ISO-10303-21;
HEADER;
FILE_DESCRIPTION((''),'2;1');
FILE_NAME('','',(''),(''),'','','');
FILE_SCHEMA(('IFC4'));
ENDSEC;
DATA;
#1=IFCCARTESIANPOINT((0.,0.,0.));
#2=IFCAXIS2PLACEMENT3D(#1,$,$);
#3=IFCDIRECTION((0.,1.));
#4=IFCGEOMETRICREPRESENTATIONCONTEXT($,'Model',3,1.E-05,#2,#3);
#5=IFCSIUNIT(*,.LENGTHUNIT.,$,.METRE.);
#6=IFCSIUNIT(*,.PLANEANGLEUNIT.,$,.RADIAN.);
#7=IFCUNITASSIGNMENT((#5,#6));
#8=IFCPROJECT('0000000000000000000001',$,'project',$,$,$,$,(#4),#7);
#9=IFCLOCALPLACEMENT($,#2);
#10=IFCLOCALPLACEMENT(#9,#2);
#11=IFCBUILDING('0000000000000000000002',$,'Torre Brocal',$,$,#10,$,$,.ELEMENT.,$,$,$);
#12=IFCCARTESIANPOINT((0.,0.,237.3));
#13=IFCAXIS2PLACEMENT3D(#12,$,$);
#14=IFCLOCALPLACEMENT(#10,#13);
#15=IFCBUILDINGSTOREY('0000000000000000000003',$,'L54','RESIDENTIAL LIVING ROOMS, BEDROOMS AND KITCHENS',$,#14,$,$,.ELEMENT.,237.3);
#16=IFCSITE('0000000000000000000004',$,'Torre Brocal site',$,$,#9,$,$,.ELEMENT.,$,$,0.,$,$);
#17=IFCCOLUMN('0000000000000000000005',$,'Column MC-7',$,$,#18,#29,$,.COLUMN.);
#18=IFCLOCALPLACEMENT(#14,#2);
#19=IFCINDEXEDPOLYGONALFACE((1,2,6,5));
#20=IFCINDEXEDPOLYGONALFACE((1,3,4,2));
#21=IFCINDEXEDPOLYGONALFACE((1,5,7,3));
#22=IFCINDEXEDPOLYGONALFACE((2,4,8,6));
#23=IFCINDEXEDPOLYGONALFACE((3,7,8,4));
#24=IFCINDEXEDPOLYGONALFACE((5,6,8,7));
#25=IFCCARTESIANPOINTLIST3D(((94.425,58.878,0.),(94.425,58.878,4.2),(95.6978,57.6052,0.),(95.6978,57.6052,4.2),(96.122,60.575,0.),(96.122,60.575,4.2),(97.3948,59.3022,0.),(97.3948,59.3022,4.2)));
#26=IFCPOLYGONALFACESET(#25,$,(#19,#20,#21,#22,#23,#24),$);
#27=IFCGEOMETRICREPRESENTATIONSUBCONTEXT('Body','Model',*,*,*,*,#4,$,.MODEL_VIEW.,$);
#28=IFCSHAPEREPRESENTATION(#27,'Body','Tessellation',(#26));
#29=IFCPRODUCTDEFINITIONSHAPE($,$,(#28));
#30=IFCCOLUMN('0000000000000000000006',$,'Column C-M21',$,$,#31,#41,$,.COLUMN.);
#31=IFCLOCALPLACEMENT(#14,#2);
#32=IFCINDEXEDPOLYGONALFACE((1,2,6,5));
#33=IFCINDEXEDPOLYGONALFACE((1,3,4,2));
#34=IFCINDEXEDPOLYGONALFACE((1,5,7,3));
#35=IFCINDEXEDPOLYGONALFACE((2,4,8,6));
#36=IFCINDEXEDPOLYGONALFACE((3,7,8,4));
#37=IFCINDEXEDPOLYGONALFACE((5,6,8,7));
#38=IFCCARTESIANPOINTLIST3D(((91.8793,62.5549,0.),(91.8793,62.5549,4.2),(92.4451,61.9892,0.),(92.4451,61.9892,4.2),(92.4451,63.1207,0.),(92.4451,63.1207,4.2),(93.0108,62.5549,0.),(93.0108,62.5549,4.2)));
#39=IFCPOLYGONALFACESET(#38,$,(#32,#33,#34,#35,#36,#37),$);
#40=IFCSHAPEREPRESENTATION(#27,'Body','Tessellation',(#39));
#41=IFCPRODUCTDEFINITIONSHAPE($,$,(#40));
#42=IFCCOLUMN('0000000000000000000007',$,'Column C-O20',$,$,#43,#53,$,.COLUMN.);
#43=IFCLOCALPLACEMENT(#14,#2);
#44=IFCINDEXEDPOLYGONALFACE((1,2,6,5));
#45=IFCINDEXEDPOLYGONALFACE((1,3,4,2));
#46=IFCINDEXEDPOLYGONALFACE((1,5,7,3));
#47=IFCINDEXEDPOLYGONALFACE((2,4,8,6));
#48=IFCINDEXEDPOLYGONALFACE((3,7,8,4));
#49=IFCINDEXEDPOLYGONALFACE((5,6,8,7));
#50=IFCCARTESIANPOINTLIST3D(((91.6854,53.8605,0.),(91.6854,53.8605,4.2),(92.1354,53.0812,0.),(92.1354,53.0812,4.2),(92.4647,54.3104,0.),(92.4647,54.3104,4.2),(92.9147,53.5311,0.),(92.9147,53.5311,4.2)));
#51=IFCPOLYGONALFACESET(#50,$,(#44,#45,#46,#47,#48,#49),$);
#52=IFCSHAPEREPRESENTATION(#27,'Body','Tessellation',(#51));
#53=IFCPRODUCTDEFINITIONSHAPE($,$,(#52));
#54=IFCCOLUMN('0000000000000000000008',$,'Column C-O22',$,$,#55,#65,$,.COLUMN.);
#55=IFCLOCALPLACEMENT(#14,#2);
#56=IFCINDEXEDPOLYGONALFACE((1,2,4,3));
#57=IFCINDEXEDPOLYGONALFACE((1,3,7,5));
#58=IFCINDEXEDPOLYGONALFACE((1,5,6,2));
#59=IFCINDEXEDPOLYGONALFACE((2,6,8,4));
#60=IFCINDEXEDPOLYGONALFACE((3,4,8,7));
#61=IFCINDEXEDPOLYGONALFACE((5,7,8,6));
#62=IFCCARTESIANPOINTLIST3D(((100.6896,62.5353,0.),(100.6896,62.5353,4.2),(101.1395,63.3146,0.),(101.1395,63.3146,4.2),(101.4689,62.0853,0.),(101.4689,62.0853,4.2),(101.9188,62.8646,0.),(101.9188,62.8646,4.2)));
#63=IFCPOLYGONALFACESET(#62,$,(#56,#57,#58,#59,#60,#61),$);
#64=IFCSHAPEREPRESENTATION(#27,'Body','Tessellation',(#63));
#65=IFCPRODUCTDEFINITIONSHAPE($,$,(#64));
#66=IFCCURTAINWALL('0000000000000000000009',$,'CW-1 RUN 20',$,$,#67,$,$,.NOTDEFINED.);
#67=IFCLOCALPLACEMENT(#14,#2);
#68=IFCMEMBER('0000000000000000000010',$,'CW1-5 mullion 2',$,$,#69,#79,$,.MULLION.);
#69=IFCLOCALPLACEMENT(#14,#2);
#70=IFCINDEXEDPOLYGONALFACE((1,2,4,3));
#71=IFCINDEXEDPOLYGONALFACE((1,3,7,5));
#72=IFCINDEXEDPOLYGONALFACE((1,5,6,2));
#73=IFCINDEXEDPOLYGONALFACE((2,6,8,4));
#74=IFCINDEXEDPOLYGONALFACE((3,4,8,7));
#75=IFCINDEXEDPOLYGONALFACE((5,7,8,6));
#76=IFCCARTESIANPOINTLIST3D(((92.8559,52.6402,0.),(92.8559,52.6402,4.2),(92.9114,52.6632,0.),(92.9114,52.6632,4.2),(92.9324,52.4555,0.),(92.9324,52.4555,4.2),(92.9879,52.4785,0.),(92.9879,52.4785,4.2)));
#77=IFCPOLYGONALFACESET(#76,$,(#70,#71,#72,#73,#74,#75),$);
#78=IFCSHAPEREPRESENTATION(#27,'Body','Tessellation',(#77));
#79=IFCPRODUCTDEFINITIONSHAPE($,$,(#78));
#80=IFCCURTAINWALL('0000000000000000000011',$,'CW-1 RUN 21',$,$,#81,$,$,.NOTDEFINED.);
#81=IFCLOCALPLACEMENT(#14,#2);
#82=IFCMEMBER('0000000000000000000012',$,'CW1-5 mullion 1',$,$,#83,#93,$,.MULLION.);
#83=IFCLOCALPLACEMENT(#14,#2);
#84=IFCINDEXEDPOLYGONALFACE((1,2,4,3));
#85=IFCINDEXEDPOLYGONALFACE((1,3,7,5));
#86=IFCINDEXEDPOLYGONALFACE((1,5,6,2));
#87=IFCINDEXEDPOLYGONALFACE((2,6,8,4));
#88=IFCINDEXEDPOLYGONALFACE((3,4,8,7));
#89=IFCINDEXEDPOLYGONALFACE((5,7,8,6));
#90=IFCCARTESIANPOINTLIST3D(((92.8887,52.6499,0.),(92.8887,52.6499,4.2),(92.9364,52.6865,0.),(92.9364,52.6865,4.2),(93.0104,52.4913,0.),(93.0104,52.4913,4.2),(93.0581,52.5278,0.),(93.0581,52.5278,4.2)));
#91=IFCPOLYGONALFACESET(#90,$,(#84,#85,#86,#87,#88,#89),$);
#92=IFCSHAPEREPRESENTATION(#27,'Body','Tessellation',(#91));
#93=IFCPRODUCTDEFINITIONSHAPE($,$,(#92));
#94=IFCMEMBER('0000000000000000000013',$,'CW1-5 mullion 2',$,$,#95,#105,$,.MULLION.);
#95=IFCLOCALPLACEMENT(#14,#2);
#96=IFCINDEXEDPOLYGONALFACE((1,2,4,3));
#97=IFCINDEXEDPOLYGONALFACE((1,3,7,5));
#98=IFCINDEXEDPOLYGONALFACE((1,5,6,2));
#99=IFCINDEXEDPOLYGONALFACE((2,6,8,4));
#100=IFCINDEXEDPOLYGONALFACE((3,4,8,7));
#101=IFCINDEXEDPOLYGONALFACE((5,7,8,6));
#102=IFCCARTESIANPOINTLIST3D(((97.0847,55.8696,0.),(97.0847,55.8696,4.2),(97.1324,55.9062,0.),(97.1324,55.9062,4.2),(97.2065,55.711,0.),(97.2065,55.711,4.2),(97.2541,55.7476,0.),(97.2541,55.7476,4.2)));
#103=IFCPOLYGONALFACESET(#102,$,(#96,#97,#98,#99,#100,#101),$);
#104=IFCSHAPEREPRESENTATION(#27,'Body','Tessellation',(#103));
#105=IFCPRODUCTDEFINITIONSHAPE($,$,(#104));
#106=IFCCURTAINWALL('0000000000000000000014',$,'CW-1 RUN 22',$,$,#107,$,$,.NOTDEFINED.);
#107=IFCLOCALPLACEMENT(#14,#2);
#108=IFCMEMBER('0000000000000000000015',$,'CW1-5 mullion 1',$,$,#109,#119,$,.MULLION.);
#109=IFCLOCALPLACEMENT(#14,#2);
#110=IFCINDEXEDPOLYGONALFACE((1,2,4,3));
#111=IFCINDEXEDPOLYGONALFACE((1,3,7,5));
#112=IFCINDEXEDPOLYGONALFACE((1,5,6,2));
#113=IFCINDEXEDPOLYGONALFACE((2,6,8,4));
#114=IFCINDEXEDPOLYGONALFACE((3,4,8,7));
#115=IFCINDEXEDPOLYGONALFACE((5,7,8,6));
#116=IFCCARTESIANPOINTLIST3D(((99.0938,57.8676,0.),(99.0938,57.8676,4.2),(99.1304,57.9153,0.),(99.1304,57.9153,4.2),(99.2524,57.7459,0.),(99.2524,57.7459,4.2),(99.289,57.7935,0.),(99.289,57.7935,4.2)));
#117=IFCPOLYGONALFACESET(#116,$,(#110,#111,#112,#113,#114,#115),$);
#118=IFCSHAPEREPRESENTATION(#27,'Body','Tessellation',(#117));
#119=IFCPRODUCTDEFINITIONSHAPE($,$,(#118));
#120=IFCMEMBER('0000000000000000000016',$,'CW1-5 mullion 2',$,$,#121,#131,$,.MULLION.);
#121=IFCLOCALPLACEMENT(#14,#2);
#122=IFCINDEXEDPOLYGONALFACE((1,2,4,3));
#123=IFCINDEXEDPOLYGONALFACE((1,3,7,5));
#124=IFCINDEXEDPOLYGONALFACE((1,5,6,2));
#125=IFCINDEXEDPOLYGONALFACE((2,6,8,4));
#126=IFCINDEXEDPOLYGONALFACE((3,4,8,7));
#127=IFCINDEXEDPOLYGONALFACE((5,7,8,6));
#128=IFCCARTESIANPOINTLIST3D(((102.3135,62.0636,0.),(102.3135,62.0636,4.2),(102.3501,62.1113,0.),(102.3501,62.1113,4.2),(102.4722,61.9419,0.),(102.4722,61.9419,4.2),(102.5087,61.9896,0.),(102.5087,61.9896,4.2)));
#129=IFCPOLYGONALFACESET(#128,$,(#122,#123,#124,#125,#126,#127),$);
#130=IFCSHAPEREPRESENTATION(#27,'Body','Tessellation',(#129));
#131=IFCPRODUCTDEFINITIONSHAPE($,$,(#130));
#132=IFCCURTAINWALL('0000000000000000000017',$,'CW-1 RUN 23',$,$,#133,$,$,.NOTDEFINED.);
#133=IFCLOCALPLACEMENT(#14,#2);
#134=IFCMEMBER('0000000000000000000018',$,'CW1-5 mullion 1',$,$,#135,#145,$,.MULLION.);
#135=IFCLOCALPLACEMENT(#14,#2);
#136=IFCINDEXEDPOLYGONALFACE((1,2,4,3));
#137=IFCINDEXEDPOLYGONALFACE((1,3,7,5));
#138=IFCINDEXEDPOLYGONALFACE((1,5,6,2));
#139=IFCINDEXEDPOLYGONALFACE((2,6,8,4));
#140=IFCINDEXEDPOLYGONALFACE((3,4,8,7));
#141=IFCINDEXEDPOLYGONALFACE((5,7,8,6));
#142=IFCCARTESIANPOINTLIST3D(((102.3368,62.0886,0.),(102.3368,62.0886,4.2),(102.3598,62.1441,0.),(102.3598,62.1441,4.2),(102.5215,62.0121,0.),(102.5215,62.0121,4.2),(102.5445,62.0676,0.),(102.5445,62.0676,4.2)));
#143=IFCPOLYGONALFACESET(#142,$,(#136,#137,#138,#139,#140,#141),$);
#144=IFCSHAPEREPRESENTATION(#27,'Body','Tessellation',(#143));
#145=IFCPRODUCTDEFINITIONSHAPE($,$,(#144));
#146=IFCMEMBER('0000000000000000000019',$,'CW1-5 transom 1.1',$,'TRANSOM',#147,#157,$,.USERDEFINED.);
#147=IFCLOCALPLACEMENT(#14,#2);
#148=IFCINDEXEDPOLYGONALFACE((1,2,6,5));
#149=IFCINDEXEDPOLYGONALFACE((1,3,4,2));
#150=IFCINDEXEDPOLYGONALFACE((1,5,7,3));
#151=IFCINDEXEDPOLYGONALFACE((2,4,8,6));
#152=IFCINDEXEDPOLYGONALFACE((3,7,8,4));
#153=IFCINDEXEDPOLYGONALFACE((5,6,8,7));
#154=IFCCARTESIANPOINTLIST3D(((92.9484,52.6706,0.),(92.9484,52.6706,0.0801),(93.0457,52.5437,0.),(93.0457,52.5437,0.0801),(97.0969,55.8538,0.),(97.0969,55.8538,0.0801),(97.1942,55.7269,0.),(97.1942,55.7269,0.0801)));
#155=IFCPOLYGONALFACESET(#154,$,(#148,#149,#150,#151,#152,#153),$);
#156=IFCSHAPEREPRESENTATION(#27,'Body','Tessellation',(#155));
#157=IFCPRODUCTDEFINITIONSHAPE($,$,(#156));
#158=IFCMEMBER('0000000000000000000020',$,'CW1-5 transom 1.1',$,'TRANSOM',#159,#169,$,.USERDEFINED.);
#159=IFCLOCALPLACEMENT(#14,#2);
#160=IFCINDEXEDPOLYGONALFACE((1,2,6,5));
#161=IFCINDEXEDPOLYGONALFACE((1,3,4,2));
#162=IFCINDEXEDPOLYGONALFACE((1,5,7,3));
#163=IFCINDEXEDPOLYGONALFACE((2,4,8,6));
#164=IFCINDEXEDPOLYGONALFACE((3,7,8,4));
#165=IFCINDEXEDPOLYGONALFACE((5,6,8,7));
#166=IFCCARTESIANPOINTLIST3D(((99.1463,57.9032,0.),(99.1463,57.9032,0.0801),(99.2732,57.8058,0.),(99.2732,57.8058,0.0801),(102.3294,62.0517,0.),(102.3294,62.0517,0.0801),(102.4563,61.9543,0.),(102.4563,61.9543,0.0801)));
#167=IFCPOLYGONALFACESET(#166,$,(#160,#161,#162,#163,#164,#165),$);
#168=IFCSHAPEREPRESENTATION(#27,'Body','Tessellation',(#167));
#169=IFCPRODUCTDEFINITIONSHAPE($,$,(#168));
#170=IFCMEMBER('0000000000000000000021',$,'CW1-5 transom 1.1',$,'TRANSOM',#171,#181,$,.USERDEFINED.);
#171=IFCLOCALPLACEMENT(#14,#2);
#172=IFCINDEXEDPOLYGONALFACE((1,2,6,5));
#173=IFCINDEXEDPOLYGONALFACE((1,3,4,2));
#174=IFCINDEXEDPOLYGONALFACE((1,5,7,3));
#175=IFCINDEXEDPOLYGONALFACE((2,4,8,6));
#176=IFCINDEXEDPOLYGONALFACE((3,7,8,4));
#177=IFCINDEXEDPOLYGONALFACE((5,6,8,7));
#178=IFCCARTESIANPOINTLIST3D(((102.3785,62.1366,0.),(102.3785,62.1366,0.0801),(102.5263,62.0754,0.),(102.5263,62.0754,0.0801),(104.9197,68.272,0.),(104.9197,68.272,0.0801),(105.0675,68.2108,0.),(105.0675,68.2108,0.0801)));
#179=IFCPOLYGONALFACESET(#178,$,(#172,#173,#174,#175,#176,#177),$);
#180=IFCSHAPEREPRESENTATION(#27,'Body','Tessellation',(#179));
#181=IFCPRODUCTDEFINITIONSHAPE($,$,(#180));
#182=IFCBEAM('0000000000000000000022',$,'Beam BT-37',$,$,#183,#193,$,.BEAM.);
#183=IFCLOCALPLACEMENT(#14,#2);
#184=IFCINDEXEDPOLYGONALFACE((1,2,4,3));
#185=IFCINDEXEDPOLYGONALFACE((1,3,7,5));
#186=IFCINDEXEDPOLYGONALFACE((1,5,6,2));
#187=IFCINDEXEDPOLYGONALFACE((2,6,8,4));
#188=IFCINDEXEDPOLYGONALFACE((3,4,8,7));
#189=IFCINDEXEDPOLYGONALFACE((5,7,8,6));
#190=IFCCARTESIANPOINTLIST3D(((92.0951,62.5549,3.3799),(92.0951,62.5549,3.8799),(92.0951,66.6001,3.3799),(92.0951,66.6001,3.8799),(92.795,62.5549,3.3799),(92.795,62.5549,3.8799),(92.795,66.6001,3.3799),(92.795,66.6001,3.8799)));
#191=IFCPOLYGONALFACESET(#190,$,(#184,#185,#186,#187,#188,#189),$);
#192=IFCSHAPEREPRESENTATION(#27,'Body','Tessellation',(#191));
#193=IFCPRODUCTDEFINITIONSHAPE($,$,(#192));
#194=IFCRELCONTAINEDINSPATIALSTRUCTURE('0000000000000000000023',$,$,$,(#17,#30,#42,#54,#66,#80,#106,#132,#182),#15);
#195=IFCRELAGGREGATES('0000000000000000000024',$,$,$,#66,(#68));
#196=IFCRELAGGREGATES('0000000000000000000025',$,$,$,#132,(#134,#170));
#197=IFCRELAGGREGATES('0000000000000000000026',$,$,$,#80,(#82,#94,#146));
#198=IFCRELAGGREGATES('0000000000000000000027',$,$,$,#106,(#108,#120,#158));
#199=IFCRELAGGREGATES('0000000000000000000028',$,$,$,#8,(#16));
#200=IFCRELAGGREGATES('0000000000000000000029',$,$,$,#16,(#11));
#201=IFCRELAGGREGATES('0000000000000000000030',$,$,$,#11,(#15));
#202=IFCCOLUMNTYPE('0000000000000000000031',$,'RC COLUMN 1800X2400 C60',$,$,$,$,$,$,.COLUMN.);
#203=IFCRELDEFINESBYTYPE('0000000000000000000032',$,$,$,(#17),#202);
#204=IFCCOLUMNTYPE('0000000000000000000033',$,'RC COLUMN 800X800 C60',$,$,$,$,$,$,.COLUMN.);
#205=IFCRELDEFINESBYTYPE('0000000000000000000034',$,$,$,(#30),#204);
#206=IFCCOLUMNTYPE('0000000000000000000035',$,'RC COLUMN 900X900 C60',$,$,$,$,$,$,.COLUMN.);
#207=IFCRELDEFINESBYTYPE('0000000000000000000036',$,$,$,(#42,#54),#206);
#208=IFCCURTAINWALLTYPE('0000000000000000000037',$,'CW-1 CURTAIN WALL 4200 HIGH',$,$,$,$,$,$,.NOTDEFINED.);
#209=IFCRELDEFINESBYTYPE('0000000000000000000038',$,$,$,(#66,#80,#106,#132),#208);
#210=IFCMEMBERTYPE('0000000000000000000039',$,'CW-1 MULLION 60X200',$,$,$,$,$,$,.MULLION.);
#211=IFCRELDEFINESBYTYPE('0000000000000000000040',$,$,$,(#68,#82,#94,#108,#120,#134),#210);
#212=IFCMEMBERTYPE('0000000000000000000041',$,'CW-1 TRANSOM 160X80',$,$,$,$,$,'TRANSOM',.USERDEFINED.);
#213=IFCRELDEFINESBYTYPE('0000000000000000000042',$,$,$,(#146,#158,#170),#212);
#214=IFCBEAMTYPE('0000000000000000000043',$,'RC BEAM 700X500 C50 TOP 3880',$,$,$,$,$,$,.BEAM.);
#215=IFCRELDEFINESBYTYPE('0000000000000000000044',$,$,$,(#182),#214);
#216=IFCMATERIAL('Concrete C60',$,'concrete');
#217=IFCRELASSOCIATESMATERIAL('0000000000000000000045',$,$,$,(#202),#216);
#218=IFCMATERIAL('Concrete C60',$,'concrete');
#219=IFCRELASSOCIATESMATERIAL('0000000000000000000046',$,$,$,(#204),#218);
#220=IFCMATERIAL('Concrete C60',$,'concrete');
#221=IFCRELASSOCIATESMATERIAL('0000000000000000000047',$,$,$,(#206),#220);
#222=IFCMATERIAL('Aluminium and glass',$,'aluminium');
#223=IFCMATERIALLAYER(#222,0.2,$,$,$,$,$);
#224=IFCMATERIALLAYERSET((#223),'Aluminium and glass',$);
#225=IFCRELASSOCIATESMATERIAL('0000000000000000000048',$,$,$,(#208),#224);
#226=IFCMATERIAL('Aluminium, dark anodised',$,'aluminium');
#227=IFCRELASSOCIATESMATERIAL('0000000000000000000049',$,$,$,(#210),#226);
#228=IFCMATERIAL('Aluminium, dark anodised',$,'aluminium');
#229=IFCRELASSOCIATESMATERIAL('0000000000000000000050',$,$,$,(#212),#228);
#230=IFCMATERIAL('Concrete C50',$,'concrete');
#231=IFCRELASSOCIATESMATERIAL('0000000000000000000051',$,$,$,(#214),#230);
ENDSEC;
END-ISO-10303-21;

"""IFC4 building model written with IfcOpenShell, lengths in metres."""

from ifc_helpers import new_model, si_unit, direction, frame, origin, origin_2d, place, context, subcontext, project, spatial, rectangle, extrude, material, layer, layer_set, material_profile, profile_set, type_object, element, aggregate, save


model = new_model("IFC4")

# Units and contexts
model_context = context("Model", 3, precision=1e-05, world=origin(), true_north=direction((0.0, 1.0)))
body_context = subcontext(model_context, "Body", "Model", "MODEL_VIEW")
ifc_project = project(units=[si_unit("LENGTHUNIT", "METRE"), si_unit("PLANEANGLEUNIT", "RADIAN")], contexts=[model_context])

# Site, building, storey
site_placement = place(None, origin())
site = spatial("IfcSite", under=ifc_project, at=site_placement, Name="Torre Brocal site", CompositionType="ELEMENT", RefElevation=0.0)
building_placement = place(site_placement, origin())
building = spatial("IfcBuilding", under=site, at=building_placement, Name="Torre Brocal", CompositionType="ELEMENT")
storey_placement = place(building_placement, frame((0.0, 0.0, 237.3)))
storey = spatial("IfcBuildingStorey", under=building, at=storey_placement, Name="L54", Description="RESIDENTIAL LIVING ROOMS, BEDROOMS AND KITCHENS", CompositionType="ELEMENT", Elevation=237.3)

# Columns
ifc_material_1 = material(Name="Concrete C60", Category="concrete")
ifc_material_profile_1 = material_profile(ifc_material_1, rectangle(XDim=1.8, YDim=2.3999, at=origin_2d()), Name="RC 1800X2400")
ifc_profile_set_1 = profile_set([ifc_material_profile_1], Name="Concrete C60")
column_type_1 = type_object("IfcColumnType", Name="RC COLUMN 1800X2400 C60", PredefinedType="COLUMN", material=ifc_profile_set_1)
column_1_placement = place(storey_placement, frame((95.9099, 59.0901, 0.0), z_axis=(0.0, 0.0, 1.0), x_axis=(0.707107, -0.707107, 0.0)))
element("IfcColumn", 1, at=column_1_placement, inside=storey, type_object=column_type_1, Name="Column MC-7", PredefinedType="COLUMN", context=body_context, shape_type="SweptSolid", body=[
    extrude(rectangle(XDim=1.8, YDim=2.3999, at=origin_2d()), origin(), (0.0, 0.0, 1.0), 4.2),
])
ifc_material_2 = material(Name="Concrete C60", Category="concrete")
ifc_material_profile_2 = material_profile(ifc_material_2, rectangle(XDim=0.8, YDim=0.8, at=origin_2d()), Name="RC 800X800")
ifc_profile_set_2 = profile_set([ifc_material_profile_2], Name="Concrete C60")
column_type_2 = type_object("IfcColumnType", Name="RC COLUMN 800X800 C60", PredefinedType="COLUMN", material=ifc_profile_set_2)
column_2_placement = place(storey_placement, frame((92.4451, 62.5549, 0.0), z_axis=(0.0, 0.0, 1.0), x_axis=(0.707107, -0.707107, 0.0)))
element("IfcColumn", 2, at=column_2_placement, inside=storey, type_object=column_type_2, Name="Column C-M21", PredefinedType="COLUMN", context=body_context, shape_type="SweptSolid", body=[
    extrude(rectangle(XDim=0.8, YDim=0.8, at=origin_2d()), origin(), (0.0, 0.0, 1.0), 4.2),
])
ifc_material_3 = material(Name="Concrete C60", Category="concrete")
ifc_material_profile_3 = material_profile(ifc_material_3, rectangle(XDim=0.8999, YDim=0.8999, at=origin_2d()), Name="RC 900X900")
ifc_profile_set_3 = profile_set([ifc_material_profile_3], Name="Concrete C60")
column_type_3 = type_object("IfcColumnType", Name="RC COLUMN 900X900 C60", PredefinedType="COLUMN", material=ifc_profile_set_3)
for number, where, z_axis, x_axis, name in (
    (3, (92.3, 53.6958, 0.0), (0.0, 0.0, 1.0), (0.5, -0.866025, 0.0), "Column C-O20"),
    (4, (101.3042, 62.7, 0.0), (0.0, 0.0, 1.0), (0.866025, -0.5, 0.0), "Column C-O22"),
):
    element("IfcColumn", number, at=place(storey_placement, frame(where, z_axis=z_axis, x_axis=x_axis)), inside=storey, type_object=column_type_3, Name=name, PredefinedType="COLUMN", context=body_context, shape_type="SweptSolid", body=[
        extrude(rectangle(XDim=0.8999, YDim=0.8999, at=origin_2d()), origin(), (0.0, 0.0, 1.0), 4.2),
    ])

# Curtain wall, member
ifc_material_4 = material(Name="Aluminium and glass", Category="aluminium")
ifc_layer_1 = layer(ifc_material_4, 0.2)
ifc_layer_set_1 = layer_set([ifc_layer_1], Name="Aluminium and glass")
curtain_wall_type = type_object("IfcCurtainWallType", Name="CW-1 CURTAIN WALL 4200 HIGH", PredefinedType="NOTDEFINED", material=ifc_layer_set_1)
curtain_wall_1_placement = place(storey_placement, origin())
curtain_wall_1 = element("IfcCurtainWall", 5, at=curtain_wall_1_placement, inside=storey, type_object=curtain_wall_type, Name="CW-1 RUN 20", PredefinedType="NOTDEFINED")
ifc_material_5 = material(Name="Aluminium, dark anodised", Category="aluminium")
ifc_material_profile_4 = material_profile(ifc_material_5, rectangle(XDim=0.2, YDim=0.0601, at=origin_2d()), Name="CW-1 MULLION 60X200")
ifc_profile_set_4 = profile_set([ifc_material_profile_4], Name="Aluminium, dark anodised")
member_type_1 = type_object("IfcMemberType", Name="CW-1 MULLION 60X200", PredefinedType="MULLION", material=ifc_profile_set_4)
member_1_placement = place(storey_placement, frame((92.9219, 52.5593, 0.0), z_axis=(0.0, 0.0, 1.0), x_axis=(-0.382683, 0.92388, 0.0)))
member_1 = element("IfcMember", 6, at=member_1_placement, type_object=member_type_1, Name="CW1-5 mullion 2", PredefinedType="MULLION", context=body_context, shape_type="SweptSolid", body=[
    extrude(rectangle(XDim=0.2, YDim=0.0601, at=origin_2d()), origin(), (0.0, 0.0, 1.0), 4.2),
])
aggregate(curtain_wall_1, [member_1])

# Curtain walls, members
curtain_wall_2_placement = place(storey_placement, origin())
curtain_wall_2 = element("IfcCurtainWall", 7, at=curtain_wall_2_placement, inside=storey, type_object=curtain_wall_type, Name="CW-1 RUN 21", PredefinedType="NOTDEFINED")
member_2_placement = place(storey_placement, frame((92.9734, 52.5889, 0.0), z_axis=(0.0, 0.0, 1.0), x_axis=(-0.608761, 0.793353, 0.0)))
member_2 = element("IfcMember", 8, at=member_2_placement, type_object=member_type_1, Name="CW1-5 mullion 1", PredefinedType="MULLION", context=body_context, shape_type="SweptSolid", body=[
    extrude(rectangle(XDim=0.2, YDim=0.0601, at=origin_2d()), origin(), (0.0, 0.0, 1.0), 4.2),
])
member_3_placement = place(storey_placement, frame((97.1694, 55.8086, 0.0), z_axis=(0.0, 0.0, 1.0), x_axis=(-0.608761, 0.793353, 0.0)))
member_3 = element("IfcMember", 9, at=member_3_placement, type_object=member_type_1, Name="CW1-5 mullion 2", PredefinedType="MULLION", context=body_context, shape_type="SweptSolid", body=[
    extrude(rectangle(XDim=0.2, YDim=0.0601, at=origin_2d()), origin(), (0.0, 0.0, 1.0), 4.2),
])
curtain_wall_3_placement = place(storey_placement, origin())
curtain_wall_3 = element("IfcCurtainWall", 10, at=curtain_wall_3_placement, inside=storey, type_object=curtain_wall_type, Name="CW-1 RUN 22", PredefinedType="NOTDEFINED")
member_4_placement = place(storey_placement, frame((99.1914, 57.8306, 0.0), z_axis=(0.0, 0.0, 1.0), x_axis=(-0.793353, 0.608761, 0.0)))
member_4 = element("IfcMember", 11, at=member_4_placement, type_object=member_type_1, Name="CW1-5 mullion 1", PredefinedType="MULLION", context=body_context, shape_type="SweptSolid", body=[
    extrude(rectangle(XDim=0.2, YDim=0.0601, at=origin_2d()), origin(), (0.0, 0.0, 1.0), 4.2),
])
member_5_placement = place(storey_placement, frame((102.4111, 62.0266, 0.0), z_axis=(0.0, 0.0, 1.0), x_axis=(-0.793353, 0.608761, 0.0)))
member_5 = element("IfcMember", 12, at=member_5_placement, type_object=member_type_1, Name="CW1-5 mullion 2", PredefinedType="MULLION", context=body_context, shape_type="SweptSolid", body=[
    extrude(rectangle(XDim=0.2, YDim=0.0601, at=origin_2d()), origin(), (0.0, 0.0, 1.0), 4.2),
])

# Curtain wall, member
curtain_wall_4_placement = place(storey_placement, origin())
curtain_wall_4 = element("IfcCurtainWall", 13, at=curtain_wall_4_placement, inside=storey, type_object=curtain_wall_type, Name="CW-1 RUN 23", PredefinedType="NOTDEFINED")
member_6_placement = place(storey_placement, frame((102.4407, 62.0781, 0.0), z_axis=(0.0, 0.0, 1.0), x_axis=(-0.92388, 0.382683, 0.0)))
member_6 = element("IfcMember", 14, at=member_6_placement, type_object=member_type_1, Name="CW1-5 mullion 1", PredefinedType="MULLION", context=body_context, shape_type="SweptSolid", body=[
    extrude(rectangle(XDim=0.2, YDim=0.0601, at=origin_2d()), origin(), (0.0, 0.0, 1.0), 4.2),
])

# Members
ifc_material_6 = material(Name="Aluminium, dark anodised", Category="aluminium")
ifc_material_profile_5 = material_profile(ifc_material_6, rectangle(XDim=0.1599, YDim=0.0801, at=origin_2d()), Name="CW-1 TRANSOM 160X80")
ifc_profile_set_5 = profile_set([ifc_material_profile_5], Name="Aluminium, dark anodised")
member_type_2 = type_object("IfcMemberType", Name="CW-1 TRANSOM 160X80", ElementType="TRANSOM", PredefinedType="USERDEFINED", material=ifc_profile_set_5)
member_7_placement = place(storey_placement, frame((92.9971, 52.6072, 0.04), z_axis=(0.793363, 0.608749, 0.0), x_axis=(-0.608749, 0.793363, 0.0)))
member_7 = element("IfcMember", 15, at=member_7_placement, type_object=member_type_2, Name="CW1-5 transom 1.1", ObjectType="TRANSOM", PredefinedType="USERDEFINED", context=body_context, shape_type="SweptSolid", body=[
    extrude(rectangle(XDim=0.1599, YDim=0.0801, at=origin_2d()), origin(), (0.0, 0.0, 1.0), 5.229),
])
member_8_placement = place(storey_placement, frame((99.2097, 57.8545, 0.04), z_axis=(0.608749, 0.793363, 0.0), x_axis=(-0.793363, 0.608749, 0.0)))
member_8 = element("IfcMember", 16, at=member_8_placement, type_object=member_type_2, Name="CW1-5 transom 1.1", ObjectType="TRANSOM", PredefinedType="USERDEFINED", context=body_context, shape_type="SweptSolid", body=[
    extrude(rectangle(XDim=0.1599, YDim=0.0801, at=origin_2d()), origin(), (0.0, 0.0, 1.0), 5.229),
])
member_9_placement = place(storey_placement, frame((102.4524, 62.106, 0.04), z_axis=(0.382665, 0.923887, 0.0), x_axis=(-0.923887, 0.382665, 0.0)))
member_9 = element("IfcMember", 17, at=member_9_placement, type_object=member_type_2, Name="CW1-5 transom 1.1", ObjectType="TRANSOM", PredefinedType="USERDEFINED", context=body_context, shape_type="SweptSolid", body=[
    extrude(rectangle(XDim=0.1599, YDim=0.0801, at=origin_2d()), origin(), (0.0, 0.0, 1.0), 6.6409),
])
aggregate(curtain_wall_4, [member_6, member_9])

# Beam
ifc_material_7 = material(Name="Concrete C50", Category="concrete")
ifc_material_profile_6 = material_profile(ifc_material_7, rectangle(XDim=0.7, YDim=0.5, at=origin_2d()), Name="RC 700X500")
ifc_profile_set_6 = profile_set([ifc_material_profile_6], Name="Concrete C50")
beam_type_1 = type_object("IfcBeamType", Name="RC BEAM 700X500 C50 TOP 3880", PredefinedType="BEAM", material=ifc_profile_set_6)
beam_placement = place(storey_placement, frame((92.4451, 62.5549, 3.6299), z_axis=(0.0, 1.0, 0.0), x_axis=(-1.0, 0.0, 0.0)))
element("IfcBeam", 18, at=beam_placement, inside=storey, type_object=beam_type_1, Name="Beam BT-37", PredefinedType="BEAM", context=body_context, shape_type="SweptSolid", body=[
    extrude(rectangle(XDim=0.7, YDim=0.5, at=origin_2d()), origin(), (0.0, 0.0, 1.0), 4.0452),
])

aggregate(curtain_wall_2, [member_2, member_3, member_7])
aggregate(curtain_wall_3, [member_4, member_5, member_8])

save(model, "model.ifc")
